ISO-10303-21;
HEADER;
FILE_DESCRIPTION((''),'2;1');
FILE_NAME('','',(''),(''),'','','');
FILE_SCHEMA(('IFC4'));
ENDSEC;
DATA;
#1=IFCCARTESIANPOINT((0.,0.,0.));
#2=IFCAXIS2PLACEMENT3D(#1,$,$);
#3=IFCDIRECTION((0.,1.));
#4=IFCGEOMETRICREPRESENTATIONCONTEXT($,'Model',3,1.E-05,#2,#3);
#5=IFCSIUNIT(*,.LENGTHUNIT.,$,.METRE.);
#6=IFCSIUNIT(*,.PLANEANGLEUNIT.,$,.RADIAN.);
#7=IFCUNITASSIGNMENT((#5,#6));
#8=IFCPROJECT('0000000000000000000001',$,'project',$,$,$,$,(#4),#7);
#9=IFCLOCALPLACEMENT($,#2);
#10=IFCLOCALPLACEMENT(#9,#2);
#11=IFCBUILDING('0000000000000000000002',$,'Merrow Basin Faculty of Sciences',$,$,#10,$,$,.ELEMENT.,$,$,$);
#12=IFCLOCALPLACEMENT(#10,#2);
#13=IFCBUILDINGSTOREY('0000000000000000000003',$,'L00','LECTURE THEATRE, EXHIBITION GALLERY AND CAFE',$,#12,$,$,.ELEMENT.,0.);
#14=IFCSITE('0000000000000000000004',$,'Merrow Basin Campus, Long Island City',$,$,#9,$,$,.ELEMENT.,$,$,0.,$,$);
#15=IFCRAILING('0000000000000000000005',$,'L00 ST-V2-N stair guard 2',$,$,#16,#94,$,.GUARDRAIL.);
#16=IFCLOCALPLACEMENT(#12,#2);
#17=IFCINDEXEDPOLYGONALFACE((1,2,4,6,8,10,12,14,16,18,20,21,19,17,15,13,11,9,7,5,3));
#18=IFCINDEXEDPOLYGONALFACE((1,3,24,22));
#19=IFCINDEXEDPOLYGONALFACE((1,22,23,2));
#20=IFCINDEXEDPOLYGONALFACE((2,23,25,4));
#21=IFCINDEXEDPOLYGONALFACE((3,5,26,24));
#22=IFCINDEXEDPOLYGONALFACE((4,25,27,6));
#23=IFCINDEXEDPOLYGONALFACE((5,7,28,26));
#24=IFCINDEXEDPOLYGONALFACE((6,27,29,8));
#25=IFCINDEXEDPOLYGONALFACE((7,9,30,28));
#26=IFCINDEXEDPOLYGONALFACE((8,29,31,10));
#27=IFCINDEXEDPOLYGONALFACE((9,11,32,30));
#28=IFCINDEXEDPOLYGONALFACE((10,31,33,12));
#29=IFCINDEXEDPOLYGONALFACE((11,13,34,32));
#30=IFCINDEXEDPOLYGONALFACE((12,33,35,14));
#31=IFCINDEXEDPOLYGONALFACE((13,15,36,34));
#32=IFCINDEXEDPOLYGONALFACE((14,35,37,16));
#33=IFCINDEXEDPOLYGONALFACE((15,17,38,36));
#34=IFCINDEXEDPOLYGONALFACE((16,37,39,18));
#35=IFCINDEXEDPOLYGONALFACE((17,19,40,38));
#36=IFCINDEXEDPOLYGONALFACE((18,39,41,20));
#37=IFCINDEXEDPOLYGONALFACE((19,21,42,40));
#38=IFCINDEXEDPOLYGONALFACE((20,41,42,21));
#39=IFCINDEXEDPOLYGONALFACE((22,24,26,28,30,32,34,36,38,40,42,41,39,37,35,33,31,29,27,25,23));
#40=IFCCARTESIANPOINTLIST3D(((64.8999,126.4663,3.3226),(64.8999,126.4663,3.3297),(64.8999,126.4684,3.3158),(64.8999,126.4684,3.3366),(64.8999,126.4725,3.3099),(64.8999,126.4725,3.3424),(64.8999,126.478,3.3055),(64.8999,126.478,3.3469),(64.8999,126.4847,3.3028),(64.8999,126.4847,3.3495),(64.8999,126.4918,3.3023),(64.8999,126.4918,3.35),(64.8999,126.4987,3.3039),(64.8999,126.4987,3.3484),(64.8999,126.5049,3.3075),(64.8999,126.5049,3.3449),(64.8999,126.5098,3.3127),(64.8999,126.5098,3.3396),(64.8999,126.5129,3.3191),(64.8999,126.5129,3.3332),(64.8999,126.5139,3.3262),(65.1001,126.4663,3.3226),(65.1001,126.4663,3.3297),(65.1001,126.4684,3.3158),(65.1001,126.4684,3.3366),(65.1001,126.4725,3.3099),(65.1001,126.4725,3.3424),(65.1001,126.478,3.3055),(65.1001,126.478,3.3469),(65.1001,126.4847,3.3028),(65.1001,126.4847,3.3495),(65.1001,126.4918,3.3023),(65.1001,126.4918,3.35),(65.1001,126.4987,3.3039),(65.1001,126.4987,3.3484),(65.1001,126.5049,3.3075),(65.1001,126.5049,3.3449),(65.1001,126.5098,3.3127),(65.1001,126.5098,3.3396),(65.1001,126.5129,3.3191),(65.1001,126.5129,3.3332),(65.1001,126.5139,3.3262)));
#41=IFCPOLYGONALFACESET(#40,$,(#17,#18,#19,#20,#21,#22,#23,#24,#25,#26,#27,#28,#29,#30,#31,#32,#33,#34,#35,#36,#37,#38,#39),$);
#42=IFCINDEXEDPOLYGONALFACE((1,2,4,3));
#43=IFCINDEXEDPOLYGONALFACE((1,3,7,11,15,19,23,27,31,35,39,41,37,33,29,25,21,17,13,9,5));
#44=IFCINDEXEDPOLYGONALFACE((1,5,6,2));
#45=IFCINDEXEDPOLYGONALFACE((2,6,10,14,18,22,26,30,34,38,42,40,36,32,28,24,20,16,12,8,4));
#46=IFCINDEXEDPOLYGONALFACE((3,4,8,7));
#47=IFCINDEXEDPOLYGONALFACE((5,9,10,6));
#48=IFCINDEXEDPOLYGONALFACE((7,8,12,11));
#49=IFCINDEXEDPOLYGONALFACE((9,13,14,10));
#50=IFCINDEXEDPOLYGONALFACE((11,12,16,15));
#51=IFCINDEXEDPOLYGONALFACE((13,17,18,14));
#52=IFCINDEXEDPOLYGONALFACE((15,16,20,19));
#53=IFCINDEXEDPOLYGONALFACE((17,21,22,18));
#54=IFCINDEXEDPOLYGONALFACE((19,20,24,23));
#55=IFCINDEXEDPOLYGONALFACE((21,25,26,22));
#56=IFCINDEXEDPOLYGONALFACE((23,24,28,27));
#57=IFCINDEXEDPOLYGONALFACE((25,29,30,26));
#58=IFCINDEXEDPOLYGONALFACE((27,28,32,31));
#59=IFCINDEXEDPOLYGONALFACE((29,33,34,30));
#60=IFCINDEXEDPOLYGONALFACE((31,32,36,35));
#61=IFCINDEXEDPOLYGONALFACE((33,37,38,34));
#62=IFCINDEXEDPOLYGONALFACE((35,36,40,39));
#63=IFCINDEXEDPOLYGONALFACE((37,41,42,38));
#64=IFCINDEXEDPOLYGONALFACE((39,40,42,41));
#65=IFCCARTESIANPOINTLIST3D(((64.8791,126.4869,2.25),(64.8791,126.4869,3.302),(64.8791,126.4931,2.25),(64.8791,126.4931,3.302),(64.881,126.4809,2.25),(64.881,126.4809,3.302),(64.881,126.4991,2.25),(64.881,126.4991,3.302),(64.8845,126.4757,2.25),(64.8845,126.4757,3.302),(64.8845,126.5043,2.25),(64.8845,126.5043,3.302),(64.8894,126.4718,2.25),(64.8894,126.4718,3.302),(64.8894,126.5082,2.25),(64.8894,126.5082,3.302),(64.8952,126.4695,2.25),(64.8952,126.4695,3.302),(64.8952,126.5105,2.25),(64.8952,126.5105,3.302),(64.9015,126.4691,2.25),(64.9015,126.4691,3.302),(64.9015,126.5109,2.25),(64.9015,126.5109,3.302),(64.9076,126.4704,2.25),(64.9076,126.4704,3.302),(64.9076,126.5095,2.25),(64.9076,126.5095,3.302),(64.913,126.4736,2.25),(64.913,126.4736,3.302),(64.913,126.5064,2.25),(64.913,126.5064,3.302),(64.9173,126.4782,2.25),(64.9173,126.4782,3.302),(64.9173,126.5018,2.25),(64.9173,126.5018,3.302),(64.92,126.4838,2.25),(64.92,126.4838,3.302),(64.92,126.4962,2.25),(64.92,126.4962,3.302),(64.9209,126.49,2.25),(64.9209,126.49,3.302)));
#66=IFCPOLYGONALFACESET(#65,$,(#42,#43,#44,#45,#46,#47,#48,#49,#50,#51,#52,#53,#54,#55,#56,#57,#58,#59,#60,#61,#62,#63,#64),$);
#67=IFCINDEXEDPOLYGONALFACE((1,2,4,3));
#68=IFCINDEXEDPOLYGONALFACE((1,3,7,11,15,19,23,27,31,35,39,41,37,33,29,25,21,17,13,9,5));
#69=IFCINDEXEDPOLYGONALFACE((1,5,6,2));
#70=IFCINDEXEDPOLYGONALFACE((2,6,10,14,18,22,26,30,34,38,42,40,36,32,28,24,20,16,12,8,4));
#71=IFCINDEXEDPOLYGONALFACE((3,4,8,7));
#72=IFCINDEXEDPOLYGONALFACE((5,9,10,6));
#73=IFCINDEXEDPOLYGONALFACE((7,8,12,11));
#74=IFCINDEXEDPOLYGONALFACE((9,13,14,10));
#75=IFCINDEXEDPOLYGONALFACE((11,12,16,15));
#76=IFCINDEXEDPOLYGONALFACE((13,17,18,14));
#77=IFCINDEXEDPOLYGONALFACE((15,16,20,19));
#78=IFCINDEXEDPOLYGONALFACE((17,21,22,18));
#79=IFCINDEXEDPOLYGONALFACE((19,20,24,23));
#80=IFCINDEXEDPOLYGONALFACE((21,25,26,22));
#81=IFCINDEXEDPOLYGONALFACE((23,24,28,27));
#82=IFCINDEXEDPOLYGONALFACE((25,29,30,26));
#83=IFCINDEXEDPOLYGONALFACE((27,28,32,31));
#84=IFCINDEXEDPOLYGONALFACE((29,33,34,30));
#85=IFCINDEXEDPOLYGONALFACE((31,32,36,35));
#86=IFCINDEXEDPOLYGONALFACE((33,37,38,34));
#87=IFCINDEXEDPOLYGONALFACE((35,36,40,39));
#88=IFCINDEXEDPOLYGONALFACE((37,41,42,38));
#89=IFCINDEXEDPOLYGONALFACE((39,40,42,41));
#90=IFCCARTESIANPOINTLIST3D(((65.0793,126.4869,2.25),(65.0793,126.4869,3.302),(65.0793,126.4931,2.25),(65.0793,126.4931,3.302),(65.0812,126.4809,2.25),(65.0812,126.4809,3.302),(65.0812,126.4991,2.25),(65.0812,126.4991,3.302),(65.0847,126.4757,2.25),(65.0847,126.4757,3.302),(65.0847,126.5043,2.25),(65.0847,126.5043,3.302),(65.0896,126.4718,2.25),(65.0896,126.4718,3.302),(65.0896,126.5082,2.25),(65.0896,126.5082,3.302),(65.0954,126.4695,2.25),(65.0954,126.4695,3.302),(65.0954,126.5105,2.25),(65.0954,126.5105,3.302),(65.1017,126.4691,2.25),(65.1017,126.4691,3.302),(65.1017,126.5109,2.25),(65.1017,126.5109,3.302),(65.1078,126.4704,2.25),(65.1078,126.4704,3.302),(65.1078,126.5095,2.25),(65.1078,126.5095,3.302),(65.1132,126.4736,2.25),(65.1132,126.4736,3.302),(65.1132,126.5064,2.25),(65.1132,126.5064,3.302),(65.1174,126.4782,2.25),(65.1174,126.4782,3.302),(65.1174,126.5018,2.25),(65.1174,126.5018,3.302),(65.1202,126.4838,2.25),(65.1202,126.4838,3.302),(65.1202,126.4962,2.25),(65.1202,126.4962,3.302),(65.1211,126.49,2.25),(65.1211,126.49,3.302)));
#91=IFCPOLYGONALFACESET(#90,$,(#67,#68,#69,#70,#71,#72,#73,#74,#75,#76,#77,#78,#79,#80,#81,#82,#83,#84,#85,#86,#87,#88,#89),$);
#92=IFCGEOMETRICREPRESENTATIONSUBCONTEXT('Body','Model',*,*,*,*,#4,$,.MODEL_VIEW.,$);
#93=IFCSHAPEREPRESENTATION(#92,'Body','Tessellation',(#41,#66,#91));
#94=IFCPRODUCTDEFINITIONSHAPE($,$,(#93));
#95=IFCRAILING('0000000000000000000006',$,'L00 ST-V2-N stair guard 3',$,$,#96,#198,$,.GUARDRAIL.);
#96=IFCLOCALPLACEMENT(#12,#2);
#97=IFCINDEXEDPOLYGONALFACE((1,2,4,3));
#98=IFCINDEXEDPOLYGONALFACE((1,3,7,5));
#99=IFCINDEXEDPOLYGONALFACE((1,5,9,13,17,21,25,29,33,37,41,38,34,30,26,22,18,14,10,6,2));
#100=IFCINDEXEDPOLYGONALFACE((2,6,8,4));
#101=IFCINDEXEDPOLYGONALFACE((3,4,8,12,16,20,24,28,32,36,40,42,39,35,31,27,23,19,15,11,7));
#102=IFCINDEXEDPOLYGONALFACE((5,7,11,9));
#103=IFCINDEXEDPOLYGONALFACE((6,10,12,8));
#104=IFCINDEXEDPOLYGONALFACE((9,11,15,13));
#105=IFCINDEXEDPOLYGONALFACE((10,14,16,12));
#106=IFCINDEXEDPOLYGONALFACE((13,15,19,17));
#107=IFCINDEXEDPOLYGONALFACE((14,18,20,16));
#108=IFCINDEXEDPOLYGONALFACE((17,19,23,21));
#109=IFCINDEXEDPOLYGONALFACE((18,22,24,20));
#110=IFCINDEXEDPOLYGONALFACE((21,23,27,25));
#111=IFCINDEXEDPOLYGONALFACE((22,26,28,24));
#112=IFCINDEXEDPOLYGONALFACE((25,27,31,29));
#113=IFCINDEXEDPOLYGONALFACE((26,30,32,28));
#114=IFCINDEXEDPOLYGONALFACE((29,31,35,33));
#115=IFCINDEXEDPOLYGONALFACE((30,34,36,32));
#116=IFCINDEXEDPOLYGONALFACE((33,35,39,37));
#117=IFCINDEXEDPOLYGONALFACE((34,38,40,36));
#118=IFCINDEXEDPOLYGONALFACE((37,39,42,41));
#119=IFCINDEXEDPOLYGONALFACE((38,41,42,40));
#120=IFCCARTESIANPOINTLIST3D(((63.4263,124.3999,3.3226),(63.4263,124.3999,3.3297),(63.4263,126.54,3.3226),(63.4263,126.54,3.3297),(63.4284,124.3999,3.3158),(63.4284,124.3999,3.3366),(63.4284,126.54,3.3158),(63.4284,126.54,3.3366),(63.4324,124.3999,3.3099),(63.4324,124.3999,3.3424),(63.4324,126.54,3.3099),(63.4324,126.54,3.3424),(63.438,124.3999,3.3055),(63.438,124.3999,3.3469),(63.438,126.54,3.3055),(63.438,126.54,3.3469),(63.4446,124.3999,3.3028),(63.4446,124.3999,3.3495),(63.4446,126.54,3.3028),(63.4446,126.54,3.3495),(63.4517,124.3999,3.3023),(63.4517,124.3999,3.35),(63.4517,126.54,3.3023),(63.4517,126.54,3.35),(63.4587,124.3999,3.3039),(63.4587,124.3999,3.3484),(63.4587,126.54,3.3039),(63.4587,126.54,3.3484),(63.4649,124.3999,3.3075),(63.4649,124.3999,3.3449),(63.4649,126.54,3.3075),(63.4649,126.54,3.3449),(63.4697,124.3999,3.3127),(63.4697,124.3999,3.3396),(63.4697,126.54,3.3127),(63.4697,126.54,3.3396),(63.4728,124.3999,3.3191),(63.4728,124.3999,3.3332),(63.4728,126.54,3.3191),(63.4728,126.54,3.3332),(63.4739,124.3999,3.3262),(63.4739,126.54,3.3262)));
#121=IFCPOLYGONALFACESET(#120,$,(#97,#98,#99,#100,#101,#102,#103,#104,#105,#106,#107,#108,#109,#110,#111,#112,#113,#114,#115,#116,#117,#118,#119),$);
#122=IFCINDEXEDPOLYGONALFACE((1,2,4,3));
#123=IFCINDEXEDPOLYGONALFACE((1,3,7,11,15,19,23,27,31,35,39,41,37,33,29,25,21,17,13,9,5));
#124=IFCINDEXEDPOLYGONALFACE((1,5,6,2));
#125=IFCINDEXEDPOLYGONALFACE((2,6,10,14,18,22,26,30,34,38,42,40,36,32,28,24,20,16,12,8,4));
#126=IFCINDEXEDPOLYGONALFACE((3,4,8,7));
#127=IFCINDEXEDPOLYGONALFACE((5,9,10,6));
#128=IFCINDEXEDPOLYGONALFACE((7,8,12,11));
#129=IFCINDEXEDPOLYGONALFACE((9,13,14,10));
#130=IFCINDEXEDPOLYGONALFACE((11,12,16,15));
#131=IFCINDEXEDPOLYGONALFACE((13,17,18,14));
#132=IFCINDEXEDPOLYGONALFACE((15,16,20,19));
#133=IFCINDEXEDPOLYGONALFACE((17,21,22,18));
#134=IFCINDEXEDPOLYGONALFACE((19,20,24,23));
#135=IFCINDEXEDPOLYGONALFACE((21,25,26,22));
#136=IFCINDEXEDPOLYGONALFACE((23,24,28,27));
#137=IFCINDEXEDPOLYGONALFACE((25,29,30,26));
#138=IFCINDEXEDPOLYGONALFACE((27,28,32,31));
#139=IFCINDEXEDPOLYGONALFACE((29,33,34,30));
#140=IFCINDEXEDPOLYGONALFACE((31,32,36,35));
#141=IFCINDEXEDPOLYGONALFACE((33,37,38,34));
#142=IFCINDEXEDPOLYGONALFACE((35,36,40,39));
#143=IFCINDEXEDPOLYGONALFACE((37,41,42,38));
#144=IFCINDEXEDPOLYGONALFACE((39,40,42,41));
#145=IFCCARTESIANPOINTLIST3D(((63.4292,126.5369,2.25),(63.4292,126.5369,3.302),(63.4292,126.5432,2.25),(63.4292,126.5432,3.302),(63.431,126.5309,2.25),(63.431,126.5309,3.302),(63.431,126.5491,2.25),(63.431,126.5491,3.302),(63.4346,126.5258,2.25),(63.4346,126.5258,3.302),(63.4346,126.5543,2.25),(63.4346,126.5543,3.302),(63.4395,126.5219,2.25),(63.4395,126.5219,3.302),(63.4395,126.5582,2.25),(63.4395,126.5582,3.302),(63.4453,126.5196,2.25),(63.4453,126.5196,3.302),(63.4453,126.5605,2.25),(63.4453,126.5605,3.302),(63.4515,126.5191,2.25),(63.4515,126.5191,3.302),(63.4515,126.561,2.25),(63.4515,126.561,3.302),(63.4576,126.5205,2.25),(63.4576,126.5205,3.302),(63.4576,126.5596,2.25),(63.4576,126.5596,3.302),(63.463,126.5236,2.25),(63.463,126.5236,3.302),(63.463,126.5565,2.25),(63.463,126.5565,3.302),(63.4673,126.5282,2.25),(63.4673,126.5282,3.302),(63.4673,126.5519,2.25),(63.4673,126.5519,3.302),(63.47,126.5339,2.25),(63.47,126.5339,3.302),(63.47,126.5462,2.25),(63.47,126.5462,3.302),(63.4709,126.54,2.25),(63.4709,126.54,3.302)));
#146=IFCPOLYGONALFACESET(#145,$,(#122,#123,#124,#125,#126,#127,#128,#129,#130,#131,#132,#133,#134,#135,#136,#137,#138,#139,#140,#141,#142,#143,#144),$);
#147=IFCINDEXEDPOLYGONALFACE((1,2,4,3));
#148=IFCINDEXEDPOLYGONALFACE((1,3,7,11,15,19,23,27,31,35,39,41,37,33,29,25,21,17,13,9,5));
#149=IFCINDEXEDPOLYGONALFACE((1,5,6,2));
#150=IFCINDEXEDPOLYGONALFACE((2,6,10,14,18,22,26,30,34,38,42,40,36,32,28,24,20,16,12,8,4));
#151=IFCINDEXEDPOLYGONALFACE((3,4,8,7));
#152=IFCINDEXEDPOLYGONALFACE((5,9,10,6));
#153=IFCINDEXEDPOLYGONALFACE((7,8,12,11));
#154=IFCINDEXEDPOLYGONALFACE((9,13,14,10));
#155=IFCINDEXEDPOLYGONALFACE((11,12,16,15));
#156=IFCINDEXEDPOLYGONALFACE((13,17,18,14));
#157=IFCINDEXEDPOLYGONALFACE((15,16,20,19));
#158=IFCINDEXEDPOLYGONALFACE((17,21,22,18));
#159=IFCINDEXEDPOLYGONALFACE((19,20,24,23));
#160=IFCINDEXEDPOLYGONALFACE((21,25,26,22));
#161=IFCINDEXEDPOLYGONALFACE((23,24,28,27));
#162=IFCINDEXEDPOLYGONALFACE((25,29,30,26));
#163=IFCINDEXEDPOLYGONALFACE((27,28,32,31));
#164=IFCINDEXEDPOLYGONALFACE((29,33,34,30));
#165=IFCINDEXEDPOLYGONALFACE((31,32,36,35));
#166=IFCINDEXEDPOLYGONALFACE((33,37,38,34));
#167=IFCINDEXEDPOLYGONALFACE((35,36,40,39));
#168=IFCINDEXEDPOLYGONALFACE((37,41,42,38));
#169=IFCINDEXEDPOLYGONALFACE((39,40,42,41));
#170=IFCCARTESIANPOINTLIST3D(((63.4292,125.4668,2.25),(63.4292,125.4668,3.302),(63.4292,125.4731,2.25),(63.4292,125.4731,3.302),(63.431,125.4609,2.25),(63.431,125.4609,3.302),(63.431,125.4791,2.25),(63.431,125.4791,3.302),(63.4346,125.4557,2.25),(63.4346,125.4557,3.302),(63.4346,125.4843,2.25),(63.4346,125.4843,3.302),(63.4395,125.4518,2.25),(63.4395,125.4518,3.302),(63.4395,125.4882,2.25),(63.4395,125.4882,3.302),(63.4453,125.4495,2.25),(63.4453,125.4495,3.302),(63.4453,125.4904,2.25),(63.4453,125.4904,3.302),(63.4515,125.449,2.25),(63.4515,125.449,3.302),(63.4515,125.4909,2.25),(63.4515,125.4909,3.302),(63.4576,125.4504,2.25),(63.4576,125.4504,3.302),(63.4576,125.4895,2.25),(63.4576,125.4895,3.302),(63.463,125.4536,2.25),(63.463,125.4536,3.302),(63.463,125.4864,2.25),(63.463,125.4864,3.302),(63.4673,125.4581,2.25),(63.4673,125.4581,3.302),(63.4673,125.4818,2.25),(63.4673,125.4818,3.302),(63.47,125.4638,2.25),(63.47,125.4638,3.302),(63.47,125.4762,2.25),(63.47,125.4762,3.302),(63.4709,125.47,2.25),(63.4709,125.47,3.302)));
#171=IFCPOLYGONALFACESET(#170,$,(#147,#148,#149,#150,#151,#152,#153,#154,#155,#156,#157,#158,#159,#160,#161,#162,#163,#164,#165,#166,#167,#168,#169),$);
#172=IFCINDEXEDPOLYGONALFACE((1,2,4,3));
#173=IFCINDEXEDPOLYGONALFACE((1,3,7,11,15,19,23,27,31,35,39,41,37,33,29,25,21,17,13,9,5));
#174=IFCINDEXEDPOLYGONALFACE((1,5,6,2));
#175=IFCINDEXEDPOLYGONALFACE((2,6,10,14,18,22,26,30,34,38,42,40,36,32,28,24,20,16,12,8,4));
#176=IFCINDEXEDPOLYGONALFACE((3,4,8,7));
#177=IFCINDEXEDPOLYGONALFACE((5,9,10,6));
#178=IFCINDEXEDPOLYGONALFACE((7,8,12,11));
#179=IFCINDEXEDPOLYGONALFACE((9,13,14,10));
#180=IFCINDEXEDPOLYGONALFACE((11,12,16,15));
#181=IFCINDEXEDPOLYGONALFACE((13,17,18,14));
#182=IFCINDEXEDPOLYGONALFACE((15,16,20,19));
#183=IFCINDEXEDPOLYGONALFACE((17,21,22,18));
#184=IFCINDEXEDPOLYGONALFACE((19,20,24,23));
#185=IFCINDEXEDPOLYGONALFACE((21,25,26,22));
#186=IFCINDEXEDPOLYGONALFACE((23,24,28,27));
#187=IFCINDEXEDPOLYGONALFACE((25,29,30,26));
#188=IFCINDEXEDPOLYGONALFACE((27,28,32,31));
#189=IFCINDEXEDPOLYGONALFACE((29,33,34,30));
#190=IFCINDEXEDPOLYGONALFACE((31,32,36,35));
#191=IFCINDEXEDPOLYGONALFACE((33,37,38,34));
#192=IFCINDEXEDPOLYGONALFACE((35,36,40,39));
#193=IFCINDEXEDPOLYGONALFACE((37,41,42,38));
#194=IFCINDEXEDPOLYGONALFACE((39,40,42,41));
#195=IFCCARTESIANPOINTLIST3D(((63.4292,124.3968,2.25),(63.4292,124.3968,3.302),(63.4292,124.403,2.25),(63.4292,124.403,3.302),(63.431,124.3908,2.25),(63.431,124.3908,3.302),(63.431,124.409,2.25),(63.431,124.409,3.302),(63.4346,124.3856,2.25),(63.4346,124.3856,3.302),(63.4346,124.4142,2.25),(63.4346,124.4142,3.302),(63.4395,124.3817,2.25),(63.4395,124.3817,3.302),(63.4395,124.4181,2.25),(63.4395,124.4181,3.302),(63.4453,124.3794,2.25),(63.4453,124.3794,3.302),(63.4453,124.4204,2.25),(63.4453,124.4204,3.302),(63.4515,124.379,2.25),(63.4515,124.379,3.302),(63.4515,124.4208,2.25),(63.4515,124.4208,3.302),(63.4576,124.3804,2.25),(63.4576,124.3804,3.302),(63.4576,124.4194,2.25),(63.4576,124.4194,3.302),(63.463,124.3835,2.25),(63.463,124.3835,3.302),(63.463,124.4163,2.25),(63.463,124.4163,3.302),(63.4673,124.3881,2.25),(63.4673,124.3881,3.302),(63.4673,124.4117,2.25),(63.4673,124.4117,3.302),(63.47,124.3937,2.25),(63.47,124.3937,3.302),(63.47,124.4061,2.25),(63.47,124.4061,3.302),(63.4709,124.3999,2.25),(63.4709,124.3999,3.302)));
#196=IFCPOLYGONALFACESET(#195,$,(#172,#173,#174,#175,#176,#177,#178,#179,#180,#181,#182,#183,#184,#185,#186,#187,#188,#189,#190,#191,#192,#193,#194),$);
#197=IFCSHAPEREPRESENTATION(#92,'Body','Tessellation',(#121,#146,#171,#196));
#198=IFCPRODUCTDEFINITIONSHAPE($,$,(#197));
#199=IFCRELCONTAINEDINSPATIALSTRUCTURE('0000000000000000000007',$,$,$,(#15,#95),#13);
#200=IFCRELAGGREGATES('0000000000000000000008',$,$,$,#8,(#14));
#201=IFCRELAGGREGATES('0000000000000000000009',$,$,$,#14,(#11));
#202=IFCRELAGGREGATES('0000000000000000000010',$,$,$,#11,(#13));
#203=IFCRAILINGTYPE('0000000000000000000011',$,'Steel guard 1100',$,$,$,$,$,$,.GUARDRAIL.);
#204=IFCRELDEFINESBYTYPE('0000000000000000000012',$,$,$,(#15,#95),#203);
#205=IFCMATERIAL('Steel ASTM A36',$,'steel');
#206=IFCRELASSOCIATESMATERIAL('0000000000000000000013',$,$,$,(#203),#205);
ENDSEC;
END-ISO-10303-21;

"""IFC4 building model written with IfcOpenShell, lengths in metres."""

from ifc_helpers import new_model, si_unit, direction, frame, origin, origin_2d, place, context, subcontext, project, spatial, circle, extrude, material, type_object, element, save


model = new_model("IFC4")

# Units and contexts
model_context = context("Model", 3, precision=1e-05, world=origin(), true_north=direction((0.0, 1.0)))
body_context = subcontext(model_context, "Body", "Model", "MODEL_VIEW")
ifc_project = project(units=[si_unit("LENGTHUNIT", "METRE"), si_unit("PLANEANGLEUNIT", "RADIAN")], contexts=[model_context])

# Site, building, storey
site_placement = place(None, origin())
site = spatial("IfcSite", under=ifc_project, at=site_placement, Name="Merrow Basin Campus, Long Island City", CompositionType="ELEMENT", RefElevation=0.0)
building_placement = place(site_placement, origin())
building = spatial("IfcBuilding", under=site, at=building_placement, Name="Merrow Basin Faculty of Sciences", CompositionType="ELEMENT")
storey_placement = place(building_placement, origin())
storey = spatial("IfcBuildingStorey", under=building, at=storey_placement, Name="L00", Description="LECTURE THEATRE, EXHIBITION GALLERY AND CAFE", CompositionType="ELEMENT", Elevation=0.0)

# Railings
ifc_material_1 = material(Name="Steel ASTM A36", Category="steel")
railing_type = type_object("IfcRailingType", Name="Steel guard 1100", PredefinedType="GUARDRAIL", material=ifc_material_1)
railing_1_placement = place(storey_placement, frame((64.8999, 126.49, 2.25)))
element("IfcRailing", 1, at=railing_1_placement, inside=storey, type_object=railing_type, Name="L00 ST-V2-N stair guard 2", PredefinedType="GUARDRAIL", context=body_context, shape_type="SweptSolid", body=[
    extrude(circle(Radius=0.0239, at=origin_2d()), frame((0.0, 0.0, 1.0762), z_axis=(1.0, 0.0, 0.0), x_axis=(0.0, 1.0, 0.0)), (0.0, 0.0, 1.0), 0.2002),
    extrude(circle(Radius=0.021, at=origin_2d()), origin(), (0.0, 0.0, 1.0), 1.052),
    extrude(circle(Radius=0.021, at=origin_2d()), frame((0.2002, 0.0, 0.0)), (0.0, 0.0, 1.0), 1.052),
])
railing_2_placement = place(storey_placement, frame((63.45, 126.54, 2.25)))
element("IfcRailing", 2, at=railing_2_placement, inside=storey, type_object=railing_type, Name="L00 ST-V2-N stair guard 3", PredefinedType="GUARDRAIL", context=body_context, shape_type="SweptSolid", body=[
    extrude(circle(Radius=0.0239, at=origin_2d()), frame((0.0, 0.0, 1.0762), z_axis=(0.0, -1.0, 0.0), x_axis=(1.0, 0.0, 0.0)), (0.0, 0.0, 1.0), 2.1401),
    extrude(circle(Radius=0.021, at=origin_2d()), origin(), (0.0, 0.0, 1.0), 1.052),
    extrude(circle(Radius=0.021, at=origin_2d()), frame((0.0, -1.0701, 0.0)), (0.0, 0.0, 1.0), 1.052),
    extrude(circle(Radius=0.021, at=origin_2d()), frame((0.0, -2.1401, 0.0)), (0.0, 0.0, 1.0), 1.052),
])

save(model, "model.ifc")
